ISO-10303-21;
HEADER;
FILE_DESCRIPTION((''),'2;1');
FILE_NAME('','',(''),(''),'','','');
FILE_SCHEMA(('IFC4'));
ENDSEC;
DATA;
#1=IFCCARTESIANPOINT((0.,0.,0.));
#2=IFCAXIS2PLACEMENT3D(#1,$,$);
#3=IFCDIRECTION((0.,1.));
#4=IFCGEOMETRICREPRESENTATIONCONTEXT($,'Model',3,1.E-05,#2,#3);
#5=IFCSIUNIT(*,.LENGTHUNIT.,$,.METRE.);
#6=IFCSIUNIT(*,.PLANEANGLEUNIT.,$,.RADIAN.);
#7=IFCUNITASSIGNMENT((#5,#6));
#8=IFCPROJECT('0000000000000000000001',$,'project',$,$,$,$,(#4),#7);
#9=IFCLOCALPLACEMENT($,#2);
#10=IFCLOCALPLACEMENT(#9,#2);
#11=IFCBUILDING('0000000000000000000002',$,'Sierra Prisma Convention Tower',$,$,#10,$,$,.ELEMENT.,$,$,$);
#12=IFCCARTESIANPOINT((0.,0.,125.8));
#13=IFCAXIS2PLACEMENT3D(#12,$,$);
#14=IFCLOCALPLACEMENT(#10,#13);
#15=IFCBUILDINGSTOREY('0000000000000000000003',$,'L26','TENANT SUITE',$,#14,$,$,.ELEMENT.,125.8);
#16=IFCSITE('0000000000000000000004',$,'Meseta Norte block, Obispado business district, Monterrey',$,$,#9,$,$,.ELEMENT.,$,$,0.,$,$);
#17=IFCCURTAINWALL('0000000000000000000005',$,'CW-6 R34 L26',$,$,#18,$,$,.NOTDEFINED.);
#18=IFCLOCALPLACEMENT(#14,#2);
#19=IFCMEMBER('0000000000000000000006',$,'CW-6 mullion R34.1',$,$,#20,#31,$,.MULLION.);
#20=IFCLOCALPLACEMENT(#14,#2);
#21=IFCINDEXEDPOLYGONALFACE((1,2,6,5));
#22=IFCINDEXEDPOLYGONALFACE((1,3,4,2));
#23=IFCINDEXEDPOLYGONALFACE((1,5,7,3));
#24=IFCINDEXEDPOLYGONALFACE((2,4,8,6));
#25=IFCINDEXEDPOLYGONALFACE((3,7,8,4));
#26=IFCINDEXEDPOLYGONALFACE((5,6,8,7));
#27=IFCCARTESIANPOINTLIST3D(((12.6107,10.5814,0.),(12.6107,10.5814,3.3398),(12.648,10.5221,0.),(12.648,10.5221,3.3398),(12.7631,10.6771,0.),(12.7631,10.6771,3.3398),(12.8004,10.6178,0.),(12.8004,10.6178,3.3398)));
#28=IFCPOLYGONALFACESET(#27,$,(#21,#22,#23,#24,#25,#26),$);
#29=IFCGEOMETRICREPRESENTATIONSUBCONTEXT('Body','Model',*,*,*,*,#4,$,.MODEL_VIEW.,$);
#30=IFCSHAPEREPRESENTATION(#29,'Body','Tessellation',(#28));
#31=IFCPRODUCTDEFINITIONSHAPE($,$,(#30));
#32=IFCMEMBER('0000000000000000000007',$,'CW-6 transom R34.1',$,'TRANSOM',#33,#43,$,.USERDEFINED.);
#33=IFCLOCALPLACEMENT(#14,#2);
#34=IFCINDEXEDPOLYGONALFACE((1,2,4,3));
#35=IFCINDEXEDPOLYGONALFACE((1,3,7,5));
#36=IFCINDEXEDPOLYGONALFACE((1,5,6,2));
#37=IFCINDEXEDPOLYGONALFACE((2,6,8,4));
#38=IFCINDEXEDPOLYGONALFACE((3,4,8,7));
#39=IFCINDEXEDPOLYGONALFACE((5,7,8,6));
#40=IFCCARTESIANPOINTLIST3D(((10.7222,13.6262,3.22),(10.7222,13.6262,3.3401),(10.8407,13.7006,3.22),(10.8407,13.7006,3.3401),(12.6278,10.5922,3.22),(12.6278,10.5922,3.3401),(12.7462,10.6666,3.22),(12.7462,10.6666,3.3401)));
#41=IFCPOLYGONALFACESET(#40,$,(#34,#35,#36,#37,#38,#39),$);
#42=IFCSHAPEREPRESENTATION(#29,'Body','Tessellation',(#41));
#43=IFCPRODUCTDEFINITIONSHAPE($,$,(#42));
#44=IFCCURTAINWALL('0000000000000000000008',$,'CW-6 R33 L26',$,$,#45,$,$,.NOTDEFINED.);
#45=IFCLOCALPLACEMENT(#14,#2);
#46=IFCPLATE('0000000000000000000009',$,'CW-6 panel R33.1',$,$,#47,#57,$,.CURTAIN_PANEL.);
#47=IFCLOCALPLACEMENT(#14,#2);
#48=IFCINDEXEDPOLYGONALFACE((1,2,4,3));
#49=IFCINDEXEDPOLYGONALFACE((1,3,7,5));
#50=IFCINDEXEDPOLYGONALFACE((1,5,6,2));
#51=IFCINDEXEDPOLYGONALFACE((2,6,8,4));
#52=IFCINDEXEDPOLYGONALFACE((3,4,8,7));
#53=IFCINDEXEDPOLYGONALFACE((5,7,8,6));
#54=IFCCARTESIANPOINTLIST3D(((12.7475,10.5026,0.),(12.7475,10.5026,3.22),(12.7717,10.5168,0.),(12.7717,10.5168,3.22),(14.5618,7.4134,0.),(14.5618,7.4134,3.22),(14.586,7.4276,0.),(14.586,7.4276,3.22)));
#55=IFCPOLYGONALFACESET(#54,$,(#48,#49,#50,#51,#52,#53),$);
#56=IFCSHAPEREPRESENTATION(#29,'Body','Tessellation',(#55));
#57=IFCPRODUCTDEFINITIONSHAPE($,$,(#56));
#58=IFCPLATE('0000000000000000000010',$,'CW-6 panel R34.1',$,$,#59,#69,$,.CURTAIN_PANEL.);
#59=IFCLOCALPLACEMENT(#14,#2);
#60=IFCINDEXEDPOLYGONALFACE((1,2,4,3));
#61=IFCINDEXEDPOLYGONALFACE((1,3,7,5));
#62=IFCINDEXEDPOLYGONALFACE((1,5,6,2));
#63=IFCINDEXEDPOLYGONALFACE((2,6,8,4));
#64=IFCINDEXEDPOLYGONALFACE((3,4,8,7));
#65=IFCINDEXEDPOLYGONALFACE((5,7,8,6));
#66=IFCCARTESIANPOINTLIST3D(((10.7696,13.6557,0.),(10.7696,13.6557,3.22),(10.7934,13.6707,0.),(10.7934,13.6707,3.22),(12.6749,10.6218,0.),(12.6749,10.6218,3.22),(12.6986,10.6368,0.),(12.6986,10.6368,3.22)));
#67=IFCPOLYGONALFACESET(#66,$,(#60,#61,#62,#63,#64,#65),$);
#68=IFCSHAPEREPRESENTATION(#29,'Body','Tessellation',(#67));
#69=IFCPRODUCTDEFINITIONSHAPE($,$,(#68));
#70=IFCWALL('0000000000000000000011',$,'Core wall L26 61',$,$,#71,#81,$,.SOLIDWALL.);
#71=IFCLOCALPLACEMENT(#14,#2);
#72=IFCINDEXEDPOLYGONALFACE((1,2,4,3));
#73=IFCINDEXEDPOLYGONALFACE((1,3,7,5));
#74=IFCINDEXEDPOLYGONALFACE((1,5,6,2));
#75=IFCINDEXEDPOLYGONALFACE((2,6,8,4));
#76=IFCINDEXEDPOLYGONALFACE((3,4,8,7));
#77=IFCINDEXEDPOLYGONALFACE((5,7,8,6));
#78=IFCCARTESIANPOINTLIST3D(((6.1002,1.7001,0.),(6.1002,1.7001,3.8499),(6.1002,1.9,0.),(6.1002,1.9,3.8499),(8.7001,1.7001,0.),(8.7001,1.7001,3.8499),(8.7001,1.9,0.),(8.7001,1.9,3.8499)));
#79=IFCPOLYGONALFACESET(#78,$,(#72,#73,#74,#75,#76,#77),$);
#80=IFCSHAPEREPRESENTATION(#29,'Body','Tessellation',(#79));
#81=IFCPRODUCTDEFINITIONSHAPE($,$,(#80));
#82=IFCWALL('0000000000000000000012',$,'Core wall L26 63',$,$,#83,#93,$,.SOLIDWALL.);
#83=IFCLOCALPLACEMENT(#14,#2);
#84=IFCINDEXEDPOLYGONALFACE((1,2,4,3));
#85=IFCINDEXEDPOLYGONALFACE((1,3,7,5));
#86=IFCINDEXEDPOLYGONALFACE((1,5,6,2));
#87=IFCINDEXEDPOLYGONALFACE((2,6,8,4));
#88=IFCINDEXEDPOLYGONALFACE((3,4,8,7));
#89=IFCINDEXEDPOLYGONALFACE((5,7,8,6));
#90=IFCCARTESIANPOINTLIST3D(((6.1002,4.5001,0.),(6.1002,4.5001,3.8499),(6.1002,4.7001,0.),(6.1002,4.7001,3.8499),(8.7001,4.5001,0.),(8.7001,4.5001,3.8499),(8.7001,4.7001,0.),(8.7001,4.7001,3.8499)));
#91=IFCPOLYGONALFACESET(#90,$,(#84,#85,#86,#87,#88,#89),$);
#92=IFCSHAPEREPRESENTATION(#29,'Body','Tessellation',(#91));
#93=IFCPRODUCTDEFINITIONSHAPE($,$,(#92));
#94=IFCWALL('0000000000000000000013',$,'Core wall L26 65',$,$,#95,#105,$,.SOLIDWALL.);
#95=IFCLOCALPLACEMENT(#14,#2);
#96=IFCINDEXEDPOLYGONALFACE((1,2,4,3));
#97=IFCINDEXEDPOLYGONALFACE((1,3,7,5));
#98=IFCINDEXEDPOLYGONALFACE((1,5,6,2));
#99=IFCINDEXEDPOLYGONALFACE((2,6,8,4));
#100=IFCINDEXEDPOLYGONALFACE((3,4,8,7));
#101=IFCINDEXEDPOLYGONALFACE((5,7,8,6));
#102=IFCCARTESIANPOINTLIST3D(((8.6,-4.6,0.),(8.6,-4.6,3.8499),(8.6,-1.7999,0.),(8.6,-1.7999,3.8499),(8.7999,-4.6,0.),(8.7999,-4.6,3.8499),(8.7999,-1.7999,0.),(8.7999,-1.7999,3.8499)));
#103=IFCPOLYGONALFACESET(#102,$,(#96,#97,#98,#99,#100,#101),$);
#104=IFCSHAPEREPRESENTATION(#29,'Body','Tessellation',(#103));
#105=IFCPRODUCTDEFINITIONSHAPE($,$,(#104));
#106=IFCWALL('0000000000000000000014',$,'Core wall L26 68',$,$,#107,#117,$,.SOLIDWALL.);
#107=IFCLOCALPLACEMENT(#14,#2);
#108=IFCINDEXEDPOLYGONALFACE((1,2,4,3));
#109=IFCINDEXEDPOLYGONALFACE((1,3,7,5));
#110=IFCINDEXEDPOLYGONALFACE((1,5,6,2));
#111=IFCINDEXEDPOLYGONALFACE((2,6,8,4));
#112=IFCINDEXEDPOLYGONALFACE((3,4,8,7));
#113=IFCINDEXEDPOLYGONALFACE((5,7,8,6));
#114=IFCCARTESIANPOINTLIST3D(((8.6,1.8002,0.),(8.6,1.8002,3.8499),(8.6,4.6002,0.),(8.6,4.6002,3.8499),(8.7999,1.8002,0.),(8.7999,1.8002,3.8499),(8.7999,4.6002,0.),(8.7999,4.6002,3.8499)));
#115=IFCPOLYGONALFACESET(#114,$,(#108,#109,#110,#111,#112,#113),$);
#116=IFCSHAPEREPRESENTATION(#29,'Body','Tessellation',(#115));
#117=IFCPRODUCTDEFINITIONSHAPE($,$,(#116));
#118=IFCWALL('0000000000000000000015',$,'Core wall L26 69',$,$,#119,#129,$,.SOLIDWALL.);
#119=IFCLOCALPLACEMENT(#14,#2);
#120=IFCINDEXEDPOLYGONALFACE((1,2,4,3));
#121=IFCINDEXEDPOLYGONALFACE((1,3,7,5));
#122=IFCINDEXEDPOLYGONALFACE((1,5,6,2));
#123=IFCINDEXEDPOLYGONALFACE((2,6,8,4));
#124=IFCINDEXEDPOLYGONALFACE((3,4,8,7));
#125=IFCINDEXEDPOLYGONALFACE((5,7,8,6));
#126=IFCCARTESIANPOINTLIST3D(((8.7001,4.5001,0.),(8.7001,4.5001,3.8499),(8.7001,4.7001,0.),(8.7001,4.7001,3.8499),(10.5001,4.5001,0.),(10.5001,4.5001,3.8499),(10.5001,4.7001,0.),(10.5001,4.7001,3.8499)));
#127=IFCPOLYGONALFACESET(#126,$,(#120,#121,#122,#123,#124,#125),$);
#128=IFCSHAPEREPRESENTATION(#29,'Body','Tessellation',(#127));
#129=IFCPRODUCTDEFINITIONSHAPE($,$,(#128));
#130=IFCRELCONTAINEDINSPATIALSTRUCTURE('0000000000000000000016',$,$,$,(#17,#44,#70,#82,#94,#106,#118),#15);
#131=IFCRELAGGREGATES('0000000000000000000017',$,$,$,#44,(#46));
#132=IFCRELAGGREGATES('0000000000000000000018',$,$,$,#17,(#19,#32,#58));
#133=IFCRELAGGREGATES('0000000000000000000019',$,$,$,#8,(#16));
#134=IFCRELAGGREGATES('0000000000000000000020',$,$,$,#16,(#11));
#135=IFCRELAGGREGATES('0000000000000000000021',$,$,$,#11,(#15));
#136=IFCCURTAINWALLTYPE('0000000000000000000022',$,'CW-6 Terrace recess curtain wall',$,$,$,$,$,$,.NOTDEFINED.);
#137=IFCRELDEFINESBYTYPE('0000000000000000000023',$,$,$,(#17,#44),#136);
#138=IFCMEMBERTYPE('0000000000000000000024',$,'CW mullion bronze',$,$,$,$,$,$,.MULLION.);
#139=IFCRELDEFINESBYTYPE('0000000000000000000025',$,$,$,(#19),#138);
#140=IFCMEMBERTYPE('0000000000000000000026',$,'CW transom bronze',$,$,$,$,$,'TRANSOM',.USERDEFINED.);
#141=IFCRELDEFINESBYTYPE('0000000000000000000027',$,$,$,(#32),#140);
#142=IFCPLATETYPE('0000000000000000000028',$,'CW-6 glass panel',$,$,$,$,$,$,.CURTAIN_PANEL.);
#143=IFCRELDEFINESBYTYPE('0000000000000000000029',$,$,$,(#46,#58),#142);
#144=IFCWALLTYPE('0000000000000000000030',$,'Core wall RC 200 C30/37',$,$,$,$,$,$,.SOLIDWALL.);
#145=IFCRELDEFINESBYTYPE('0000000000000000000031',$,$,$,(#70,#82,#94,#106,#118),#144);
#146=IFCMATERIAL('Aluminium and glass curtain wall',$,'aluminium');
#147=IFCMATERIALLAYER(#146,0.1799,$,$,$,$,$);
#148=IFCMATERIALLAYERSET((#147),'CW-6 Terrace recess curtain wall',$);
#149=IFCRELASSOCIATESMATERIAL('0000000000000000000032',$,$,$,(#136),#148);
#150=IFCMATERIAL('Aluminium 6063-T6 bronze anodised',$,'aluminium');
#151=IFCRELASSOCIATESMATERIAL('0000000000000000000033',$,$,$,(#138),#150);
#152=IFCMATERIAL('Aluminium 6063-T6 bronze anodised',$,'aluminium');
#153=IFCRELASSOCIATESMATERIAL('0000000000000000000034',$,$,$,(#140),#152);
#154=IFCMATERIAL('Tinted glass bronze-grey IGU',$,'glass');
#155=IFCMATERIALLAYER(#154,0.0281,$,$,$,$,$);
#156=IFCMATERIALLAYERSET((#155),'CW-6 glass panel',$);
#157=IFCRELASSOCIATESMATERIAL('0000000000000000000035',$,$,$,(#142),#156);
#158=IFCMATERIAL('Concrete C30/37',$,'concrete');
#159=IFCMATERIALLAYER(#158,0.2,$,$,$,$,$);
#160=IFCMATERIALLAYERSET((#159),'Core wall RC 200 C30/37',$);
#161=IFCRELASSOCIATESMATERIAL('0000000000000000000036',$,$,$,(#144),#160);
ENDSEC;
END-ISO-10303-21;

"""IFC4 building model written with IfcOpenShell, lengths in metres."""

from ifc_helpers import new_model, si_unit, direction, frame, frame_2d, origin, origin_2d, place, context, subcontext, project, spatial, rectangle, extrude, material, layer, layer_set, material_profile, profile_set, type_object, element, aggregate, save


model = new_model("IFC4")

# Units and contexts
model_context = context("Model", 3, precision=1e-05, world=origin(), true_north=direction((0.0, 1.0)))
body_context = subcontext(model_context, "Body", "Model", "MODEL_VIEW")
ifc_project = project(units=[si_unit("LENGTHUNIT", "METRE"), si_unit("PLANEANGLEUNIT", "RADIAN")], contexts=[model_context])

# Site, building, storey
site_placement = place(None, origin())
site = spatial("IfcSite", under=ifc_project, at=site_placement, Name="Meseta Norte block, Obispado business district, Monterrey", CompositionType="ELEMENT", RefElevation=0.0)
building_placement = place(site_placement, origin())
building = spatial("IfcBuilding", under=site, at=building_placement, Name="Sierra Prisma Convention Tower", CompositionType="ELEMENT")
storey_placement = place(building_placement, frame((0.0, 0.0, 125.8)))
storey = spatial("IfcBuildingStorey", under=building, at=storey_placement, Name="L26", Description="TENANT SUITE", CompositionType="ELEMENT", Elevation=125.8)

# Curtain wall, members
ifc_material_1 = material(Name="Aluminium and glass curtain wall", Category="aluminium")
ifc_layer_1 = layer(ifc_material_1, 0.1799)
ifc_layer_set_1 = layer_set([ifc_layer_1], Name="CW-6 Terrace recess curtain wall")
curtain_wall_type = type_object("IfcCurtainWallType", Name="CW-6 Terrace recess curtain wall", PredefinedType="NOTDEFINED", material=ifc_layer_set_1)
curtain_wall_1_placement = place(storey_placement, origin())
curtain_wall_1 = element("IfcCurtainWall", 1, at=curtain_wall_1_placement, inside=storey, type_object=curtain_wall_type, Name="CW-6 R34 L26", PredefinedType="NOTDEFINED")
ifc_material_2 = material(Name="Aluminium 6063-T6 bronze anodised", Category="aluminium")
ifc_material_profile_1 = material_profile(ifc_material_2, rectangle(XDim=0.1799, YDim=0.0701, at=origin_2d()), Name="ALU MULLION 70x180")
ifc_profile_set_1 = profile_set([ifc_material_profile_1], Name="Aluminium 6063-T6 bronze anodised")
member_type_1 = type_object("IfcMemberType", Name="CW mullion bronze", PredefinedType="MULLION", material=ifc_profile_set_1)
member_1_placement = place(storey_placement, frame((12.7056, 10.5996, 0.0), z_axis=(0.0, 0.0, 1.0), x_axis=(-0.846861, -0.531814, 0.0)))
member_1 = element("IfcMember", 2, at=member_1_placement, type_object=member_type_1, Name="CW-6 mullion R34.1", PredefinedType="MULLION", context=body_context, shape_type="SweptSolid", body=[
    extrude(rectangle(XDim=0.1799, YDim=0.0701, at=origin_2d()), origin(), (0.0, 0.0, 1.0), 3.3398),
])
ifc_material_3 = material(Name="Aluminium 6063-T6 bronze anodised", Category="aluminium")
ifc_material_profile_2 = material_profile(ifc_material_3, rectangle(XDim=0.1399, YDim=0.1201, at=origin_2d()), Name="ALU TRANSOM 120x140")
ifc_profile_set_2 = profile_set([ifc_material_profile_2], Name="Aluminium 6063-T6 bronze anodised")
member_type_2 = type_object("IfcMemberType", Name="CW transom bronze", ElementType="TRANSOM", PredefinedType="USERDEFINED", material=ifc_profile_set_2)
member_2_placement = place(storey_placement, frame((12.687, 10.6294, 3.28), z_axis=(-0.531866, 0.846829, 0.0), x_axis=(-0.846829, -0.531866, 0.0)))
member_2 = element("IfcMember", 3, at=member_2_placement, type_object=member_type_2, Name="CW-6 transom R34.1", ObjectType="TRANSOM", PredefinedType="USERDEFINED", context=body_context, shape_type="SweptSolid", body=[
    extrude(rectangle(XDim=0.1399, YDim=0.1201, at=origin_2d()), origin(), (0.0, 0.0, 1.0), 3.5828),
])

# Curtain wall, plate
curtain_wall_2_placement = place(storey_placement, origin())
curtain_wall_2 = element("IfcCurtainWall", 4, at=curtain_wall_2_placement, inside=storey, type_object=curtain_wall_type, Name="CW-6 R33 L26", PredefinedType="NOTDEFINED")
ifc_material_4 = material(Name="Tinted glass bronze-grey IGU", Category="glass")
ifc_layer_2 = layer(ifc_material_4, 0.0281)
ifc_layer_set_2 = layer_set([ifc_layer_2], Name="CW-6 glass panel")
plate_type = type_object("IfcPlateType", Name="CW-6 glass panel", PredefinedType="CURTAIN_PANEL", material=ifc_layer_set_2)
plate_1_placement = place(storey_placement, frame((13.6667, 8.9651, 0.0), z_axis=(0.0, 0.0, 1.0), x_axis=(-0.506419, 0.862287, 0.0)))
plate_1 = element("IfcPlate", 5, at=plate_1_placement, type_object=plate_type, Name="CW-6 panel R33.1", PredefinedType="CURTAIN_PANEL", context=body_context, shape_type="SweptSolid", body=[
    extrude(rectangle(XDim=3.5825, YDim=0.0281, at=origin_2d()), origin(), (0.0, 0.0, 1.0), 3.22),
])
aggregate(curtain_wall_2, [plate_1])

# Plate
plate_2_placement = place(storey_placement, frame((11.7341, 12.1462, 0.0), z_axis=(0.0, 0.0, 1.0), x_axis=(-0.531814, 0.846861, 0.0)))
plate_2 = element("IfcPlate", 6, at=plate_2_placement, type_object=plate_type, Name="CW-6 panel R34.1", PredefinedType="CURTAIN_PANEL", context=body_context, shape_type="SweptSolid", body=[
    extrude(rectangle(XDim=3.5825, YDim=0.0281, at=origin_2d()), origin(), (0.0, 0.0, 1.0), 3.22),
])
aggregate(curtain_wall_1, [member_1, member_2, plate_2])

# Walls
ifc_material_5 = material(Name="Concrete C30/37", Category="concrete")
ifc_layer_3 = layer(ifc_material_5, 0.2)
ifc_layer_set_3 = layer_set([ifc_layer_3], Name="Core wall RC 200 C30/37")
wall_type_1 = type_object("IfcWallType", Name="Core wall RC 200 C30/37", PredefinedType="SOLIDWALL", material=ifc_layer_set_3)
for number, where, z_axis, x_axis, name in (
    (7, (8.7, 1.8, 0.0), (0.0, 0.0, 1.0), (-1.0, 0.0, 0.0), "Core wall L26 61"),
    (8, (8.7, 4.6001, 0.0), (0.0, 0.0, 1.0), (-1.0, 0.0, 0.0), "Core wall L26 63"),
):
    element("IfcWall", number, at=place(storey_placement, frame(where, z_axis=z_axis, x_axis=x_axis)), inside=storey, type_object=wall_type_1, Name=name, PredefinedType="SOLIDWALL", context=body_context, shape_type="SweptSolid", body=[
        extrude(rectangle(XDim=2.5999, YDim=0.2, at=frame_2d((1.2998, 0.0))), origin(), (0.0, 0.0, 1.0), 3.8499),
    ])
wall_1_placement = place(storey_placement, frame((8.7, -1.8, 0.0), z_axis=(0.0, 0.0, 1.0), x_axis=(0.0, -1.0, 0.0)))
element("IfcWall", 9, at=wall_1_placement, inside=storey, type_object=wall_type_1, Name="Core wall L26 65", PredefinedType="SOLIDWALL", context=body_context, shape_type="SweptSolid", body=[
    extrude(rectangle(XDim=2.8, YDim=0.2, at=frame_2d((1.3999, 0.0))), origin(), (0.0, 0.0, 1.0), 3.8499),
])

# Walls
wall_2_placement = place(storey_placement, frame((8.7, 4.6001, 0.0), z_axis=(0.0, 0.0, 1.0), x_axis=(0.0, -1.0, 0.0)))
element("IfcWall", 10, at=wall_2_placement, inside=storey, type_object=wall_type_1, Name="Core wall L26 68", PredefinedType="SOLIDWALL", context=body_context, shape_type="SweptSolid", body=[
    extrude(rectangle(XDim=2.8, YDim=0.2, at=frame_2d((1.3999, 0.0))), origin(), (0.0, 0.0, 1.0), 3.8499),
])
wall_3_placement = place(storey_placement, frame((10.5, 4.6001, 0.0), z_axis=(0.0, 0.0, 1.0), x_axis=(-1.0, 0.0, 0.0)))
element("IfcWall", 11, at=wall_3_placement, inside=storey, type_object=wall_type_1, Name="Core wall L26 69", PredefinedType="SOLIDWALL", context=body_context, shape_type="SweptSolid", body=[
    extrude(rectangle(XDim=1.8, YDim=0.2, at=frame_2d((0.8999, 0.0))), origin(), (0.0, 0.0, 1.0), 3.8499),
])

save(model, "model.ifc")
